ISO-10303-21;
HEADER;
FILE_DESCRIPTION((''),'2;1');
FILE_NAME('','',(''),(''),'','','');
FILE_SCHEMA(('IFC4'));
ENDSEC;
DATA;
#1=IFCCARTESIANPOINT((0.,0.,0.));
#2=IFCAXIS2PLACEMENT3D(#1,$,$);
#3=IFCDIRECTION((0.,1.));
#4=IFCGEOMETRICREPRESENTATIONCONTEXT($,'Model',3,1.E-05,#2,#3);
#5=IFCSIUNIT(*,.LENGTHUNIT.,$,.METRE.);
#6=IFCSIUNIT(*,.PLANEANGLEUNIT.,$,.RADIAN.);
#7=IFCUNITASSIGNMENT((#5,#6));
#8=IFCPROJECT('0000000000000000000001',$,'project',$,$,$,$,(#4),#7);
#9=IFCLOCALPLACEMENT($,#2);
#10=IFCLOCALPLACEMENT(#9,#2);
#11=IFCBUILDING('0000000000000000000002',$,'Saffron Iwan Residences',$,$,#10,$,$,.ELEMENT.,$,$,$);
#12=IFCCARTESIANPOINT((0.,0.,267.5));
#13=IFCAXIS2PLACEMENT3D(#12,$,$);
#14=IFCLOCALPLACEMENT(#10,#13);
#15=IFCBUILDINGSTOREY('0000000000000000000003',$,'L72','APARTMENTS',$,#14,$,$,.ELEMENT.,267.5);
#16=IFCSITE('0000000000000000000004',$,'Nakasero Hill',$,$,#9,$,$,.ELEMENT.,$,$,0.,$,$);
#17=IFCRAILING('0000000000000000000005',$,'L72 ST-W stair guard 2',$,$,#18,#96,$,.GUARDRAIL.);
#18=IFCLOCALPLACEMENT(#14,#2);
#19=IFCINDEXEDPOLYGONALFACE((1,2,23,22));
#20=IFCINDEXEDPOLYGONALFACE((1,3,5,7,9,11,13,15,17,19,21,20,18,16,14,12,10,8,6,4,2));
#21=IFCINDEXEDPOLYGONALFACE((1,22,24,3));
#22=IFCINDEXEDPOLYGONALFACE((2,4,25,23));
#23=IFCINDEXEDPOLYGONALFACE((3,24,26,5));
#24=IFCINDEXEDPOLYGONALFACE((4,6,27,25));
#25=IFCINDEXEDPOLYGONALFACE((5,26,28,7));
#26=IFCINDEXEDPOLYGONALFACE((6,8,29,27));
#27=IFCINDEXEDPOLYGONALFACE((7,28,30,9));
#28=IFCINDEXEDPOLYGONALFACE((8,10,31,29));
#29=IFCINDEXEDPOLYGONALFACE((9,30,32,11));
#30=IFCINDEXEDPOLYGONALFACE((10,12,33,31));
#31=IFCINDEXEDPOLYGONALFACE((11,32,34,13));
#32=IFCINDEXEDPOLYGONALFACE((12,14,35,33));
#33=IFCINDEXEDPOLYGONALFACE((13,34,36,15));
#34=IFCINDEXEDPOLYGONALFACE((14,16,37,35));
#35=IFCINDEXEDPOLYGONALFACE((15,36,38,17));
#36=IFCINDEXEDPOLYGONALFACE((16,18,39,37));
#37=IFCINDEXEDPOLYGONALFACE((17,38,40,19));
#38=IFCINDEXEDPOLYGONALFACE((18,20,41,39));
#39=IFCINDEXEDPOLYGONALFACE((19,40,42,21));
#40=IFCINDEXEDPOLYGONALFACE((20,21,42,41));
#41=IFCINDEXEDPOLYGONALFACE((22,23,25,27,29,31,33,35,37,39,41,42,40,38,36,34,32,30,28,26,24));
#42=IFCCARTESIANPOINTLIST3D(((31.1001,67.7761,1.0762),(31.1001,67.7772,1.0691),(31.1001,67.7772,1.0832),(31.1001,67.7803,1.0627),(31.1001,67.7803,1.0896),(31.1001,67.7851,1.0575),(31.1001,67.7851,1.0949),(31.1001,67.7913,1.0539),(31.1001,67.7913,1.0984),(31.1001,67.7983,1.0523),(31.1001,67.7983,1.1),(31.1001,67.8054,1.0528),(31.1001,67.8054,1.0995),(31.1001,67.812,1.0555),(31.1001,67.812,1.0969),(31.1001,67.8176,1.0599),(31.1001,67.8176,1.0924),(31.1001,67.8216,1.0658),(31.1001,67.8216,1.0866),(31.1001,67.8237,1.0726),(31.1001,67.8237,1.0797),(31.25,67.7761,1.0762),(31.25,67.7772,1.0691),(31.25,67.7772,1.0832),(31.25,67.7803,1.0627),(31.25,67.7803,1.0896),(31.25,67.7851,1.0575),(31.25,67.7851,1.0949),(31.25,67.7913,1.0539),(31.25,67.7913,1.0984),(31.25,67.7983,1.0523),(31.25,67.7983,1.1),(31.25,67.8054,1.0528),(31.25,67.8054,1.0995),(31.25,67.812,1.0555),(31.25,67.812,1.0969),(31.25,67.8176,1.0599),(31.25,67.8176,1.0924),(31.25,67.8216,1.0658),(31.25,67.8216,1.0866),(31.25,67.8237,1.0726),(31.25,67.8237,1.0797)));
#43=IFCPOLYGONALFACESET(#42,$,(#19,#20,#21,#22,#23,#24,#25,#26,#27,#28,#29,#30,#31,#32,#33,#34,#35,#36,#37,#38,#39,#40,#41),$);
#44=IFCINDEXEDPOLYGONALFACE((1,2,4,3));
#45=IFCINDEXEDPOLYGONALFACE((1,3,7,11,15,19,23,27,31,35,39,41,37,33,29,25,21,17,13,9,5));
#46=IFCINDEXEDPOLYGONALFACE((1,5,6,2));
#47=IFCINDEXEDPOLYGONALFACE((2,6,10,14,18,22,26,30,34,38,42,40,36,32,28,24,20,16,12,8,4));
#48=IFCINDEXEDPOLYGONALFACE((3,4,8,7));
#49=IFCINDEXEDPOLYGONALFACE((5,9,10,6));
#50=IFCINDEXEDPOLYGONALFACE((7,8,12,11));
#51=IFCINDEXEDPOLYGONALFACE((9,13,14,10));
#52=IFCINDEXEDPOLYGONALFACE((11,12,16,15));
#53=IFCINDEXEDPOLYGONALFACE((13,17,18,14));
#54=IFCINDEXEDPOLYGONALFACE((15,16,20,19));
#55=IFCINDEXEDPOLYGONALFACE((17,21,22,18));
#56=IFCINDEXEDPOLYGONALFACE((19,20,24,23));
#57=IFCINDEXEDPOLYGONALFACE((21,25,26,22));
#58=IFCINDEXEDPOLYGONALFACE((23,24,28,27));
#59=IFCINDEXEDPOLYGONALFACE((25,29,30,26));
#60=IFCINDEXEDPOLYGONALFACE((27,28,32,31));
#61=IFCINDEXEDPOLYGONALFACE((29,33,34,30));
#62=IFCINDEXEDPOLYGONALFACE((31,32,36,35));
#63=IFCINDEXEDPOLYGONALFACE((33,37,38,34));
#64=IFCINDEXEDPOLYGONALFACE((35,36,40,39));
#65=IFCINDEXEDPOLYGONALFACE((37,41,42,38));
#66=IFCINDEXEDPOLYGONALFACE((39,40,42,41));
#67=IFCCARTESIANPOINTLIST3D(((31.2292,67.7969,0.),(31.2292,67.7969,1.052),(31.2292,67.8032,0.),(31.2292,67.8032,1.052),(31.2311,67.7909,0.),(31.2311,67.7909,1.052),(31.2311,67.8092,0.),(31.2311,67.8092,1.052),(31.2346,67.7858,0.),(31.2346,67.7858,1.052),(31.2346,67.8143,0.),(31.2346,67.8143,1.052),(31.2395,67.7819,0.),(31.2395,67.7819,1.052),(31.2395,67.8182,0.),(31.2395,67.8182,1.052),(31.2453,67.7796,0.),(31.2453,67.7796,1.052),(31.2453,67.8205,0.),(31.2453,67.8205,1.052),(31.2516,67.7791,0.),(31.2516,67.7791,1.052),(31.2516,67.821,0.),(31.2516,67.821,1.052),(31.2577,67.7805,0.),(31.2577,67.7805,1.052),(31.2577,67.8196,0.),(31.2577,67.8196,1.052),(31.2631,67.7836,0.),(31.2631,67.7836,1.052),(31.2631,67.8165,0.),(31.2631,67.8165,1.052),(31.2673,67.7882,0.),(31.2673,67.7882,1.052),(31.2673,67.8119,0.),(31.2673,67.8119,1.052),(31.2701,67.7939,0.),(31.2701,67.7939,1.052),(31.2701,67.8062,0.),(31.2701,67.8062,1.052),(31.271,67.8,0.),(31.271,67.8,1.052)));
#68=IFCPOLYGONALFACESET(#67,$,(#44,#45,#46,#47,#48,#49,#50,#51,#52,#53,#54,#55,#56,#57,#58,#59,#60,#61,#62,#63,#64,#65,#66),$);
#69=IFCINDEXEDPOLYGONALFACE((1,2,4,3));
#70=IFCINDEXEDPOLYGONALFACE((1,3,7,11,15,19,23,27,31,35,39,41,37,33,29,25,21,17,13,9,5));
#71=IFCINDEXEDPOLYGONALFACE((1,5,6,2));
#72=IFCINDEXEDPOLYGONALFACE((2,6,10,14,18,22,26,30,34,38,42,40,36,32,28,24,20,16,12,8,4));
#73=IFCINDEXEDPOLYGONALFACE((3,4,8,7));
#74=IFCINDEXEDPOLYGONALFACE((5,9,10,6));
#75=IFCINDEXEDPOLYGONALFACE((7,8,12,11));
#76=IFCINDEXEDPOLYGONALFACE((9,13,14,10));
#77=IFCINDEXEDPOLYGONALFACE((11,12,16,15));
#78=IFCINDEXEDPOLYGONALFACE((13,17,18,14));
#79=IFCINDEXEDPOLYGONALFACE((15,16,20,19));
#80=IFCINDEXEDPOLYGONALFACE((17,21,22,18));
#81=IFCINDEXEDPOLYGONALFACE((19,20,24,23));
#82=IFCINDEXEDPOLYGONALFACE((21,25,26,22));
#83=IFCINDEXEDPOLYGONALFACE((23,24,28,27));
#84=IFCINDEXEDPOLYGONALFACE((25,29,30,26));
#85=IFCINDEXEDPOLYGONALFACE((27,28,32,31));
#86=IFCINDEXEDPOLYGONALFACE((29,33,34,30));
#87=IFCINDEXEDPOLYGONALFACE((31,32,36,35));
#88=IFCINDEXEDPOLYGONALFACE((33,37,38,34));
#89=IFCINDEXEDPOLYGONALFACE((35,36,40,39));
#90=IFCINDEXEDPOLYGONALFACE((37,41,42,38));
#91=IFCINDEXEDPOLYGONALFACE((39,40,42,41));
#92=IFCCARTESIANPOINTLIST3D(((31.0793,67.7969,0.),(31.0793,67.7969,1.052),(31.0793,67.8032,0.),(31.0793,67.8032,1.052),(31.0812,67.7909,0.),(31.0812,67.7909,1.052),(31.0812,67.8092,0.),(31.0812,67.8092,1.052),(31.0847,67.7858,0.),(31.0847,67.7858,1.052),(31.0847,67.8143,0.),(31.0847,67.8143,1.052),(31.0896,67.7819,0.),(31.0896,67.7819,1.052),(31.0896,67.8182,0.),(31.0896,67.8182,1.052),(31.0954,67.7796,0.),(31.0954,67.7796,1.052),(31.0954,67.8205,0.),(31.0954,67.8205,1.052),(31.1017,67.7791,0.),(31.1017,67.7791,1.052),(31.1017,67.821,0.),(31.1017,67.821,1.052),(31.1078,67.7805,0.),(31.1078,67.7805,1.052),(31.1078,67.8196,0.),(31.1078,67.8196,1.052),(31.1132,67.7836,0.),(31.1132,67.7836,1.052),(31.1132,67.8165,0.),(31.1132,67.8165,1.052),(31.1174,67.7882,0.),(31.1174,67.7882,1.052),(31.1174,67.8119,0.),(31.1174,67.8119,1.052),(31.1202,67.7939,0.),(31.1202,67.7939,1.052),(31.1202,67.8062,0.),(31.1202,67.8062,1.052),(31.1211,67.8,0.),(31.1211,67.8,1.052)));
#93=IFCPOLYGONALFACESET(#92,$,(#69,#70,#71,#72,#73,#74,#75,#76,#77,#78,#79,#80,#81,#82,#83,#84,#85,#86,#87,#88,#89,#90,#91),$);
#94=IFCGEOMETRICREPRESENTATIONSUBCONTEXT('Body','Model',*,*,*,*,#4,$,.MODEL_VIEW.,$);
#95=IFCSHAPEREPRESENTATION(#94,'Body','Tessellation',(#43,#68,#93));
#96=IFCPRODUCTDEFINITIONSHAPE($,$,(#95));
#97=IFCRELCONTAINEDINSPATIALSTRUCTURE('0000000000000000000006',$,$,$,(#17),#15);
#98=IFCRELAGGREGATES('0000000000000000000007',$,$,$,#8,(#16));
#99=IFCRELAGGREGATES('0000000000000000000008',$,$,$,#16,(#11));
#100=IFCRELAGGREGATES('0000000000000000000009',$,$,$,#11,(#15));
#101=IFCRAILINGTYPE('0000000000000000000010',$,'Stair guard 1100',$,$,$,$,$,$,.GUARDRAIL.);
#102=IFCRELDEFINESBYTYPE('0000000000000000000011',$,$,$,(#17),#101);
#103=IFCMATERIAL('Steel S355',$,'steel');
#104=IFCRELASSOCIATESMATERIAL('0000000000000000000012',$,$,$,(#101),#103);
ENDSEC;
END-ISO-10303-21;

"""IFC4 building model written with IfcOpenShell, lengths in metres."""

from ifc_helpers import new_model, si_unit, direction, frame, origin, origin_2d, place, context, subcontext, project, spatial, circle, extrude, material, type_object, element, save


model = new_model("IFC4")

# Units and contexts
model_context = context("Model", 3, precision=1e-05, world=origin(), true_north=direction((0.0, 1.0)))
body_context = subcontext(model_context, "Body", "Model", "MODEL_VIEW")
ifc_project = project(units=[si_unit("LENGTHUNIT", "METRE"), si_unit("PLANEANGLEUNIT", "RADIAN")], contexts=[model_context])

# Site, building, storey
site_placement = place(None, origin())
site = spatial("IfcSite", under=ifc_project, at=site_placement, Name="Nakasero Hill", CompositionType="ELEMENT", RefElevation=0.0)
building_placement = place(site_placement, origin())
building = spatial("IfcBuilding", under=site, at=building_placement, Name="Saffron Iwan Residences", CompositionType="ELEMENT")
storey_placement = place(building_placement, frame((0.0, 0.0, 267.5)))
storey = spatial("IfcBuildingStorey", under=building, at=storey_placement, Name="L72", Description="APARTMENTS", CompositionType="ELEMENT", Elevation=267.5)

# Railing
ifc_material_1 = material(Name="Steel S355", Category="steel")
railing_type_1 = type_object("IfcRailingType", Name="Stair guard 1100", PredefinedType="GUARDRAIL", material=ifc_material_1)
railing_1_placement = place(storey_placement, frame((31.25, 67.8, 0.0)))
element("IfcRailing", 1, at=railing_1_placement, inside=storey, type_object=railing_type_1, Name="L72 ST-W stair guard 2", PredefinedType="GUARDRAIL", context=body_context, shape_type="SweptSolid", body=[
    extrude(circle(Radius=0.0239, at=origin_2d()), frame((0.0, 0.0, 1.0762), z_axis=(-1.0, 0.0, 0.0), x_axis=(0.0, -1.0, 0.0)), (0.0, 0.0, 1.0), 0.1499),
    extrude(circle(Radius=0.021, at=origin_2d()), origin(), (0.0, 0.0, 1.0), 1.052),
    extrude(circle(Radius=0.021, at=origin_2d()), frame((-0.1499, 0.0, 0.0)), (0.0, 0.0, 1.0), 1.052),
])

save(model, "model.ifc")
